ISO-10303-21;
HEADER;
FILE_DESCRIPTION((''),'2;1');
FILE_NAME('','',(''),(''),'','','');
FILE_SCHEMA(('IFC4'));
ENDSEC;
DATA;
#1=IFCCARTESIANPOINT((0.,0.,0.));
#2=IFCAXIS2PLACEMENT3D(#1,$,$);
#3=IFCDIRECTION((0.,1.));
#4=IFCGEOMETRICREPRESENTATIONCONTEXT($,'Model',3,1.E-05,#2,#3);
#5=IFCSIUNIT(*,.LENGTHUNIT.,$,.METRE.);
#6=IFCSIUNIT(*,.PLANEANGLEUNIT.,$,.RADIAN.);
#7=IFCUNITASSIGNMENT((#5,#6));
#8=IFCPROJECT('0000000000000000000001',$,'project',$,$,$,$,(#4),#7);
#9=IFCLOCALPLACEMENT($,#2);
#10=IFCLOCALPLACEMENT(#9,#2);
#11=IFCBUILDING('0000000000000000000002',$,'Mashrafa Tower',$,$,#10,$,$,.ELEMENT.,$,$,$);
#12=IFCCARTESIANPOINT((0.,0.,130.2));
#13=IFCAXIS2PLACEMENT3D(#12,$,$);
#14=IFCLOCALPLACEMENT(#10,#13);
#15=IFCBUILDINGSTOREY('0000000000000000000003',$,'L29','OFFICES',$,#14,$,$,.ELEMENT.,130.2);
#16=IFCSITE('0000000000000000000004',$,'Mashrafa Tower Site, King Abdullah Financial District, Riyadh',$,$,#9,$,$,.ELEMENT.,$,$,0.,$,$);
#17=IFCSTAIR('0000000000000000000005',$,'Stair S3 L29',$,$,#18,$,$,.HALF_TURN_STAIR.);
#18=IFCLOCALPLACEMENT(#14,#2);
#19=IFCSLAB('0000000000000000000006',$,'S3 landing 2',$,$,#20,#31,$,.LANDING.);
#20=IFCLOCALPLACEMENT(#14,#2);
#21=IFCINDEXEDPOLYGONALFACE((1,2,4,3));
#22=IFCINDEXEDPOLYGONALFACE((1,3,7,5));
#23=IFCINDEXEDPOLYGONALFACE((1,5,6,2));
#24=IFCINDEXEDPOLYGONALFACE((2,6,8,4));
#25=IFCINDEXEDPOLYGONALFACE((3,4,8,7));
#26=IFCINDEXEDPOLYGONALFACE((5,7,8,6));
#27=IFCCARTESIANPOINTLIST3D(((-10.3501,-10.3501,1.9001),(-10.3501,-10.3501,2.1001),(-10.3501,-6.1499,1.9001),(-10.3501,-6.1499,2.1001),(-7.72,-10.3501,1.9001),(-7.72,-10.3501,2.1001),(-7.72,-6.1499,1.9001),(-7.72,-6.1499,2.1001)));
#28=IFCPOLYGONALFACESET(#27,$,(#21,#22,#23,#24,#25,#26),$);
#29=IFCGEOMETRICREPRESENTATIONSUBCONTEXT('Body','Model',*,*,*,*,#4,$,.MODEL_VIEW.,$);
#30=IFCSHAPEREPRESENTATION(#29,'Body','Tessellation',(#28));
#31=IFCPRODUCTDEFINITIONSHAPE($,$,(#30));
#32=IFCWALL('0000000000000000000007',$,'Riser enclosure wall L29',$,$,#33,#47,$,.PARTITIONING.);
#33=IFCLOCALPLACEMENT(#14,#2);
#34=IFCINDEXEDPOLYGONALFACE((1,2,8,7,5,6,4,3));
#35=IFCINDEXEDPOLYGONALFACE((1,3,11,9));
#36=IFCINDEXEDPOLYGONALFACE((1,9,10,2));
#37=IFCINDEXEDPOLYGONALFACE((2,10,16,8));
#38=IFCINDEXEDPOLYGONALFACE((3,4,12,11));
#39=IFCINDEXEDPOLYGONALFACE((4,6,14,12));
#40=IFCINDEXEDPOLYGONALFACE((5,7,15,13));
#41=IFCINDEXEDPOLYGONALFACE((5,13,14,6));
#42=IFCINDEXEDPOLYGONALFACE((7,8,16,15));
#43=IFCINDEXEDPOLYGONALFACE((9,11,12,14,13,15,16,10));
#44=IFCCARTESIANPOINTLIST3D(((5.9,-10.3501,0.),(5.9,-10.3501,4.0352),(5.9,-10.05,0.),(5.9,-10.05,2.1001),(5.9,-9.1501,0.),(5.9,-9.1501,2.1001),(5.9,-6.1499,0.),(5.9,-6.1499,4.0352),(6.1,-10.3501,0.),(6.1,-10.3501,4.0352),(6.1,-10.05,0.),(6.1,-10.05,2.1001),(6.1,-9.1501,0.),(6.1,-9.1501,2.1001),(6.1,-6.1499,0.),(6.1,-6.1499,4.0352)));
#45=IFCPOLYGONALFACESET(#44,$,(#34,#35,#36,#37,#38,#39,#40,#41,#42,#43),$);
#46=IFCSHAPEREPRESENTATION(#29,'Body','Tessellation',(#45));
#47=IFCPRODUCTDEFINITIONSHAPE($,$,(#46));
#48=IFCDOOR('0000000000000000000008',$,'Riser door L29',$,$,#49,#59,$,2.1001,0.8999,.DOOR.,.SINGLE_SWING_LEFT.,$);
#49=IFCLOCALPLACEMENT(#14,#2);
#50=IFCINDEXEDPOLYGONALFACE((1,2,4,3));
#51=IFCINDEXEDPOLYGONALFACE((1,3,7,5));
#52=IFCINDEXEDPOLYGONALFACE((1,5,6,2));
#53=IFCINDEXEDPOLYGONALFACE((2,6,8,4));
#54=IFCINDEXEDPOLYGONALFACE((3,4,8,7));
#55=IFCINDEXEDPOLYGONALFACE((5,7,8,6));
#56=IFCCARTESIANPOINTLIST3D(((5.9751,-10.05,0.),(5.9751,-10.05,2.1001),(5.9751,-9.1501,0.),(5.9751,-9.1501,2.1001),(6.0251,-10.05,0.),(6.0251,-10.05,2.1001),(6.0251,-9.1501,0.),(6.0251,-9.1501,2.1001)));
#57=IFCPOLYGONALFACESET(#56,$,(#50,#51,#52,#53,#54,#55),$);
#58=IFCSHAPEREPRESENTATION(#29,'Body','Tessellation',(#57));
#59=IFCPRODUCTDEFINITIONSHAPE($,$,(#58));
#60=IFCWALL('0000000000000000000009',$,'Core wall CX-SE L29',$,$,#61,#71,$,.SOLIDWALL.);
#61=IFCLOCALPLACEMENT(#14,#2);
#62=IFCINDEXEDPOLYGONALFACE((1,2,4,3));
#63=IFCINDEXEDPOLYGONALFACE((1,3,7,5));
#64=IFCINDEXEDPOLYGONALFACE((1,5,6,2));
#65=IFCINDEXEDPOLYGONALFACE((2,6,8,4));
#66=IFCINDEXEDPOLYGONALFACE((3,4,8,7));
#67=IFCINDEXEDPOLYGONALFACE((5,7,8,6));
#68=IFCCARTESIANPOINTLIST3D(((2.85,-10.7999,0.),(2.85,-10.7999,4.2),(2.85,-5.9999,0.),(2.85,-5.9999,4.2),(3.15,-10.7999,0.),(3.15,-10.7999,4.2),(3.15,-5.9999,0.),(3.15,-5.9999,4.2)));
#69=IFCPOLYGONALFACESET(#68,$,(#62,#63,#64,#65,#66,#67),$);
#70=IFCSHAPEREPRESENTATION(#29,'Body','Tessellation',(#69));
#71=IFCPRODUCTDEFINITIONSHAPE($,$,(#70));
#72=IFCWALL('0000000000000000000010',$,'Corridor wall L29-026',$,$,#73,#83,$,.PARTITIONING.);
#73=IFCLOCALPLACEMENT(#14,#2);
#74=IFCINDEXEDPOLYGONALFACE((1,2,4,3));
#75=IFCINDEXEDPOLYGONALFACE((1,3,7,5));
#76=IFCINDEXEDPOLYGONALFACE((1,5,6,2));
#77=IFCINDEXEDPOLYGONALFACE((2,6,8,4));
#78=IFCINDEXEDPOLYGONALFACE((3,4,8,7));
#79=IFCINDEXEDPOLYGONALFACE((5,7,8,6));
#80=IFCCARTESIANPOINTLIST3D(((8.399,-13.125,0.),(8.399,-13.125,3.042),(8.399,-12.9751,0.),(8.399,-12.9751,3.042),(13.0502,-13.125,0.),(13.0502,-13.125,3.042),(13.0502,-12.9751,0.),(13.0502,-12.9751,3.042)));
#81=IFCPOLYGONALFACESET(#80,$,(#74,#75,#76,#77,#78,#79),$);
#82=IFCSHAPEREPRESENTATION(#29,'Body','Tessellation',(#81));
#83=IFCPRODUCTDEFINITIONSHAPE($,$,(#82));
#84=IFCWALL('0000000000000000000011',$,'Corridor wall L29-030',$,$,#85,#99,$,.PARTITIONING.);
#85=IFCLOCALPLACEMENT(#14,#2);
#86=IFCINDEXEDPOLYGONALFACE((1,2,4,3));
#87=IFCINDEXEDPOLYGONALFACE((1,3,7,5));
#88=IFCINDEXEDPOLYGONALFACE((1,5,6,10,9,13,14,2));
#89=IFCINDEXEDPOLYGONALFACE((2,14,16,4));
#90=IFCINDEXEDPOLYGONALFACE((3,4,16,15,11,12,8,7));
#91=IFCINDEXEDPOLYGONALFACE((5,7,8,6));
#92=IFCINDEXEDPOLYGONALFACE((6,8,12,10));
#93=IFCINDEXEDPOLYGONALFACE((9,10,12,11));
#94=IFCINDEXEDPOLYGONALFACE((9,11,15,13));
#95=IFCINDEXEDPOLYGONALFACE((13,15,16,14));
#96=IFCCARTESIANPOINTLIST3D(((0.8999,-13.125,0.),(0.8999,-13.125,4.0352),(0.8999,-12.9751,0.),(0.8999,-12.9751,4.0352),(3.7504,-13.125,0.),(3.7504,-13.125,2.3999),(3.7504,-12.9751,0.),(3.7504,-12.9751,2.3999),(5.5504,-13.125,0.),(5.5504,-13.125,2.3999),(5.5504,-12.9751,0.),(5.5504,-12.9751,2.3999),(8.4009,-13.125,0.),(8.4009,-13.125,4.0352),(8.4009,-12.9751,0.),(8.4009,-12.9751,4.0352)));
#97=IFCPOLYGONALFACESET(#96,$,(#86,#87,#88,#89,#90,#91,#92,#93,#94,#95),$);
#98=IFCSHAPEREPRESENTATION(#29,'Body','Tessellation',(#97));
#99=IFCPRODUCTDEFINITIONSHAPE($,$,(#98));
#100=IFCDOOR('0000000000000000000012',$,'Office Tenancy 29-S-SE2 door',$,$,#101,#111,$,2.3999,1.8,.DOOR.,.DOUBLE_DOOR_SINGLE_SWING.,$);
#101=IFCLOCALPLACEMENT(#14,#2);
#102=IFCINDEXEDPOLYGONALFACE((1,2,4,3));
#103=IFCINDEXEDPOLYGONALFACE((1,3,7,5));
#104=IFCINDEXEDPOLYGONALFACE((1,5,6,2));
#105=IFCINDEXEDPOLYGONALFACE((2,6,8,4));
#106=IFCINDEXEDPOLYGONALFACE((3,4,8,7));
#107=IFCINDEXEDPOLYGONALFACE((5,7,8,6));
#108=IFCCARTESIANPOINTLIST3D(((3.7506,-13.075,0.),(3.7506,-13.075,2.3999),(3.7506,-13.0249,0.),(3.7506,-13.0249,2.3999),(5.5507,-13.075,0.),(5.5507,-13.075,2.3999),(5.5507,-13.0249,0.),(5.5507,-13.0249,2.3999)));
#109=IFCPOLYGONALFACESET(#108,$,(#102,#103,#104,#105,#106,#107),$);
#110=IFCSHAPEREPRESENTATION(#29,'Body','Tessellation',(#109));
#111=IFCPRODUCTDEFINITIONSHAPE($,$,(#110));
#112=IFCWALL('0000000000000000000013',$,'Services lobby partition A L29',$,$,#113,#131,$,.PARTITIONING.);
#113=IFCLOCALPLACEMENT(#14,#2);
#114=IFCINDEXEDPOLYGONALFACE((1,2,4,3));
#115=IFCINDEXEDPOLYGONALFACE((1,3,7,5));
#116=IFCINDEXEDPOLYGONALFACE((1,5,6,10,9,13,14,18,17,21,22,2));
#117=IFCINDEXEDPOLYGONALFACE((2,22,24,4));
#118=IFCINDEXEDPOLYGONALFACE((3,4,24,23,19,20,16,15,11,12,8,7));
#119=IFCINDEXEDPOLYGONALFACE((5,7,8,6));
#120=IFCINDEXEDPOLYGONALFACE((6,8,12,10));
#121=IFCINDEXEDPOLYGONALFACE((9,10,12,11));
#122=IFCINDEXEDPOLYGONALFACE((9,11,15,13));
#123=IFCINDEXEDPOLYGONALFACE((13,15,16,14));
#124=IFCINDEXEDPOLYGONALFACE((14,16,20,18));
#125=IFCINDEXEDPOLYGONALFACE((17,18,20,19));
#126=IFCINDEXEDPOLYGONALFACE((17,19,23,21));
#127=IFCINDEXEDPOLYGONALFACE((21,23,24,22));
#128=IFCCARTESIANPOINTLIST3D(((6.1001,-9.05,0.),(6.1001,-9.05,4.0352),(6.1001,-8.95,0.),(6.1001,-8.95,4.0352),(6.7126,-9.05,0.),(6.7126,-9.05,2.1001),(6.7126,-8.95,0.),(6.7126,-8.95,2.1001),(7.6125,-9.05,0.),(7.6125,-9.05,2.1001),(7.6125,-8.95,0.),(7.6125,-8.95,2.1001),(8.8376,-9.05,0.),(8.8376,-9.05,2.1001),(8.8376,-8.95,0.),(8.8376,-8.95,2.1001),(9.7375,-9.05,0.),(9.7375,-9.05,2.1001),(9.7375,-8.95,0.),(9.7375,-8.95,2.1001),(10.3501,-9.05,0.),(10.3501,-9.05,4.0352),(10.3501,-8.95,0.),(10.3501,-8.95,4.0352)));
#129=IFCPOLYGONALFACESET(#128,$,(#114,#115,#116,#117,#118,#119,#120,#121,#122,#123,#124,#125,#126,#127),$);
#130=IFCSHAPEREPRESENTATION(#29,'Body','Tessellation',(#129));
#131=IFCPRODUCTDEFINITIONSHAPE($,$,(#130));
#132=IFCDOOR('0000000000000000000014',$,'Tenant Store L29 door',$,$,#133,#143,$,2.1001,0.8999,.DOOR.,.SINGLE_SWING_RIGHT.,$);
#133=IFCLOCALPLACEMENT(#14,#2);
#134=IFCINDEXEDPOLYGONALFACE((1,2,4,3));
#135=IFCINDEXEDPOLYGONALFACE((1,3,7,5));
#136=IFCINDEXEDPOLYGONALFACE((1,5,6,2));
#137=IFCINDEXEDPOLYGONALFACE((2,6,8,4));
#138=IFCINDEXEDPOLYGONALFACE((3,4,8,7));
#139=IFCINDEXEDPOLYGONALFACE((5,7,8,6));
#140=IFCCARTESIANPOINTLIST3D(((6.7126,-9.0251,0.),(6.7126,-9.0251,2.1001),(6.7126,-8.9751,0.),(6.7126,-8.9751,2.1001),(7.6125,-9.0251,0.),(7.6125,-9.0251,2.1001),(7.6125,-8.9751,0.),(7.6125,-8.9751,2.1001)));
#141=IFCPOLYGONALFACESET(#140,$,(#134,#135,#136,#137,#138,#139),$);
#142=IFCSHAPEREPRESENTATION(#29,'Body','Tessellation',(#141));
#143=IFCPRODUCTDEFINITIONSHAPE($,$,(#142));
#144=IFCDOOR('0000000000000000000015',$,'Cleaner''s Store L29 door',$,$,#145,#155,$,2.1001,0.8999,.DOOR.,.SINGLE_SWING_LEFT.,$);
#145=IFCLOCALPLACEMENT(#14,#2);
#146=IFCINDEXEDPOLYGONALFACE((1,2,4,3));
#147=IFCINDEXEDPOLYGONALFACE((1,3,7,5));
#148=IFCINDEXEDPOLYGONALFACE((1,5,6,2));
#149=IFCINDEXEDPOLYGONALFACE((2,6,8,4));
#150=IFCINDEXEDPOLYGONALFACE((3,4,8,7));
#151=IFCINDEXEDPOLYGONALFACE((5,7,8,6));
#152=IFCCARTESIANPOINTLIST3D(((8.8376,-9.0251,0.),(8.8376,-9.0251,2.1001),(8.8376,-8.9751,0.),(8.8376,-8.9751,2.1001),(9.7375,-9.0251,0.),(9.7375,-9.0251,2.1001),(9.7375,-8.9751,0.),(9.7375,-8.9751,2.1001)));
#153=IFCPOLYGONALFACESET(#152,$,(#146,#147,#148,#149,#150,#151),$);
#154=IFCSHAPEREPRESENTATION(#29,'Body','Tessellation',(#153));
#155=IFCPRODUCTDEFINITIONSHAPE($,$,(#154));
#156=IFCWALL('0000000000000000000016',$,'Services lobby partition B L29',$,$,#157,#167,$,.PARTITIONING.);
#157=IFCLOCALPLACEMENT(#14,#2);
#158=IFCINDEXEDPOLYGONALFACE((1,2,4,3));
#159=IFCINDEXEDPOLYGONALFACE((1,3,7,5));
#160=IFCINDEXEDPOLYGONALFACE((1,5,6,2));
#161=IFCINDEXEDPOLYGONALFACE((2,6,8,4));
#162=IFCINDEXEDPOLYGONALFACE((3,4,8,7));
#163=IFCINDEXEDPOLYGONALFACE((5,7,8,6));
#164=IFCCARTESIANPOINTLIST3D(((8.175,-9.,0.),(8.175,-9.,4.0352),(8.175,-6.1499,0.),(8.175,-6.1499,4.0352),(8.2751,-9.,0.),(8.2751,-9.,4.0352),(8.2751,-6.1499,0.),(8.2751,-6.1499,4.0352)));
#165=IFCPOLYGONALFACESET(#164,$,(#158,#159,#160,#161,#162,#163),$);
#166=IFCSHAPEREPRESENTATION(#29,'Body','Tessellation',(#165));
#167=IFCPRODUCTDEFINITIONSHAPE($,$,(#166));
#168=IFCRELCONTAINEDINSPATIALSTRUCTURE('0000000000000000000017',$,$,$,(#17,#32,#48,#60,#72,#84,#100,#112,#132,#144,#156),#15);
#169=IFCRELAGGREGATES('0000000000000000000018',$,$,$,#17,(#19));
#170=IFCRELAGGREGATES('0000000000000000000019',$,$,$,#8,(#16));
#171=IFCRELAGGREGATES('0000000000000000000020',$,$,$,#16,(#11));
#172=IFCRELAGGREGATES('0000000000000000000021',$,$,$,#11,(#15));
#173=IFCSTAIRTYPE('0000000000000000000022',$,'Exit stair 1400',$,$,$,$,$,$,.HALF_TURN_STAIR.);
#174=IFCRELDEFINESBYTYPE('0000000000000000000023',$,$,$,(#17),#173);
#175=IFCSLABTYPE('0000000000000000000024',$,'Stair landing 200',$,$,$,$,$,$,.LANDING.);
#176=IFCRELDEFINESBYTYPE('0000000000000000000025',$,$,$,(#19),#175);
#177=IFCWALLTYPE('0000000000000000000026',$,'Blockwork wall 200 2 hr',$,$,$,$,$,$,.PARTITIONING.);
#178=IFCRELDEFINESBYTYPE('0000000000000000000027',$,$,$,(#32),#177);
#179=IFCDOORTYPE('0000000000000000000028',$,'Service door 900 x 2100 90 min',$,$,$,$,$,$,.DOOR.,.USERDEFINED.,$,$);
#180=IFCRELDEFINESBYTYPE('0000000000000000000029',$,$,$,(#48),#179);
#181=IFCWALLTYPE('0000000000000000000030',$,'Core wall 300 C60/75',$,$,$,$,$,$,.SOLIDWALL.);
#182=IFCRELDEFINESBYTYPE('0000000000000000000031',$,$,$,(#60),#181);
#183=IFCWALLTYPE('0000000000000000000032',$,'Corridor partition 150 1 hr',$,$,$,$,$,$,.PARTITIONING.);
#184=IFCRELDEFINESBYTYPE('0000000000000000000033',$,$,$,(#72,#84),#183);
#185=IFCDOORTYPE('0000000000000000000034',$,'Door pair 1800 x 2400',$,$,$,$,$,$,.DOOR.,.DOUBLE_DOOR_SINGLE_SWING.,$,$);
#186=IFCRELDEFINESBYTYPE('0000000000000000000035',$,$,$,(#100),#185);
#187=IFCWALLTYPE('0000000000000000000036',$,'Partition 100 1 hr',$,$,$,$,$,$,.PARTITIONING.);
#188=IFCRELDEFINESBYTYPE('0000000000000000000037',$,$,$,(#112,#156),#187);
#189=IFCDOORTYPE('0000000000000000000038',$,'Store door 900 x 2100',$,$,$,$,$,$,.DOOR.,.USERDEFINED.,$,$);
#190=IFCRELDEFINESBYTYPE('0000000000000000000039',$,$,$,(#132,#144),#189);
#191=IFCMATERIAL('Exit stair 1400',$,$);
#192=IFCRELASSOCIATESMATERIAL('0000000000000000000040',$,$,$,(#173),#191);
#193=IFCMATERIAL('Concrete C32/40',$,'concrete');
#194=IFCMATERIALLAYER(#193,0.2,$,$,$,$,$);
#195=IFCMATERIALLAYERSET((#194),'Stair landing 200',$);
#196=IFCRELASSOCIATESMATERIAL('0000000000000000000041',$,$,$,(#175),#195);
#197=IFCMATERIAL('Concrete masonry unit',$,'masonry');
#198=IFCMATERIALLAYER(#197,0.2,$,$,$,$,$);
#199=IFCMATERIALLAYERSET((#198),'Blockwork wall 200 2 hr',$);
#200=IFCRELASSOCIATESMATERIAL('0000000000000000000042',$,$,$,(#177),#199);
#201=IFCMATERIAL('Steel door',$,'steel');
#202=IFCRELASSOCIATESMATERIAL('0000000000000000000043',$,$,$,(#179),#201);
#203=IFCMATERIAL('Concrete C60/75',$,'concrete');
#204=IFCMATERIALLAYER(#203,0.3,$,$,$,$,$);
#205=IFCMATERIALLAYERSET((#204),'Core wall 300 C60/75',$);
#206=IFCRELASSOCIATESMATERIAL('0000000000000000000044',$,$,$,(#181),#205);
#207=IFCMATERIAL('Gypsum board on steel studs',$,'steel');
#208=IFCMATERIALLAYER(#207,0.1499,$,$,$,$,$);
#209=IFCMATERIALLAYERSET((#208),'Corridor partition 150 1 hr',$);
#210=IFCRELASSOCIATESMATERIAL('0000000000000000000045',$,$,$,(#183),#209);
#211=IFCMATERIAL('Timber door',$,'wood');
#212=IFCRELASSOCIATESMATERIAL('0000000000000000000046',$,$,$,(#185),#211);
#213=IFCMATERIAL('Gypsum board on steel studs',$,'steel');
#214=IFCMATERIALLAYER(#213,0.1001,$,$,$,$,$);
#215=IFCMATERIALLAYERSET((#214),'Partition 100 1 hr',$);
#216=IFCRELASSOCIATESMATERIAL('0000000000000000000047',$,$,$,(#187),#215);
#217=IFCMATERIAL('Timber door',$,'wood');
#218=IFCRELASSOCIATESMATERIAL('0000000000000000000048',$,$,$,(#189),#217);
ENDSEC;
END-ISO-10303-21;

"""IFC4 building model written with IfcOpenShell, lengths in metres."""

from ifc_helpers import new_model, si_unit, direction, frame, frame_2d, origin, place, context, subcontext, project, spatial, polyline, rectangle, outline, extrude, material, layer, layer_set, type_object, element, fill, aggregate, save


model = new_model("IFC4")

# Units and contexts
model_context = context("Model", 3, precision=1e-05, world=origin(), true_north=direction((0.0, 1.0)))
body_context = subcontext(model_context, "Body", "Model", "MODEL_VIEW")
ifc_project = project(units=[si_unit("LENGTHUNIT", "METRE"), si_unit("PLANEANGLEUNIT", "RADIAN")], contexts=[model_context])

# Site, building, storey
site_placement = place(None, origin())
site = spatial("IfcSite", under=ifc_project, at=site_placement, Name="Mashrafa Tower Site, King Abdullah Financial District, Riyadh", CompositionType="ELEMENT", RefElevation=0.0)
building_placement = place(site_placement, origin())
building = spatial("IfcBuilding", under=site, at=building_placement, Name="Mashrafa Tower", CompositionType="ELEMENT")
storey_placement = place(building_placement, frame((0.0, 0.0, 130.2)))
storey = spatial("IfcBuildingStorey", under=building, at=storey_placement, Name="L29", Description="OFFICES", CompositionType="ELEMENT", Elevation=130.2)

# Stair, slab
ifc_material_1 = material(Name="Exit stair 1400")
stair_type = type_object("IfcStairType", Name="Exit stair 1400", PredefinedType="HALF_TURN_STAIR", material=ifc_material_1)
ifc_material_2 = material(Name="Concrete C32/40", Category="concrete")
ifc_layer_1 = layer(ifc_material_2, 0.2)
ifc_layer_set_1 = layer_set([ifc_layer_1], Name="Stair landing 200")
slab_type = type_object("IfcSlabType", Name="Stair landing 200", PredefinedType="LANDING", material=ifc_layer_set_1)
stair_1_placement = place(storey_placement, origin())
stair_1 = element("IfcStair", 1, at=stair_1_placement, inside=storey, type_object=stair_type, Name="Stair S3 L29", PredefinedType="HALF_TURN_STAIR")
slab_1_placement = place(storey_placement, frame((0.0, 0.0, 1.9001)))
slab_1 = element("IfcSlab", 2, at=slab_1_placement, type_object=slab_type, Name="S3 landing 2", PredefinedType="LANDING", context=body_context, shape_type="SweptSolid", body=[
    extrude(outline(polyline([(-10.3501, -10.3501), (-7.72, -10.3501), (-7.72, -6.1499), (-10.3501, -6.1499), (-10.3501, -10.3501)])), origin(), (0.0, 0.0, 1.0), 0.2),
])
aggregate(stair_1, [slab_1])

# Wall, opening, door
ifc_material_3 = material(Name="Concrete masonry unit", Category="masonry")
ifc_layer_2 = layer(ifc_material_3, 0.2)
ifc_layer_set_2 = layer_set([ifc_layer_2], Name="Blockwork wall 200 2 hr")
wall_type_1 = type_object("IfcWallType", Name="Blockwork wall 200 2 hr", PredefinedType="PARTITIONING", material=ifc_layer_set_2)
wall_1_placement = place(storey_placement, frame((6.0, -10.3501, 0.0), z_axis=(0.0, 0.0, 1.0), x_axis=(0.0, 1.0, 0.0)))
wall_1 = element("IfcWall", 3, at=wall_1_placement, inside=storey, type_object=wall_type_1, Name="Riser enclosure wall L29", PredefinedType="PARTITIONING", context=body_context, shape_type="SweptSolid", body=[
    extrude(rectangle(XDim=4.2002, YDim=0.2, at=frame_2d((2.1001, 0.0))), origin(), (0.0, 0.0, 1.0), 4.0352),
])
opening_1_placement = place(wall_1_placement, frame((0.3, 0.0, 0.0)))
opening_1 = element("IfcOpeningElement", 4, at=opening_1_placement, cuts=wall_1, PredefinedType="OPENING", context=body_context, shape_type="SweptSolid", body=[
    extrude(rectangle(XDim=0.8999, YDim=2.1001, at=frame_2d((0.45, 1.05))), frame((0.0, 0.1099, 0.0), z_axis=(0.0, -1.0, 0.0), x_axis=(1.0, 0.0, 0.0)), (0.0, 0.0, 1.0), 0.22),
])
ifc_material_4 = material(Name="Steel door", Category="steel")
door_type_1 = type_object("IfcDoorType", Name="Service door 900 x 2100 90 min", OperationType="USERDEFINED", PredefinedType="DOOR", material=ifc_material_4)
door_1_placement = place(opening_1_placement, origin())
door_1 = element("IfcDoor", 5, at=door_1_placement, inside=storey, type_object=door_type_1, Name="Riser door L29", OperationType="SINGLE_SWING_LEFT", OverallHeight=2.1001, OverallWidth=0.8999, PredefinedType="DOOR", context=body_context, shape_type="SweptSolid", body=[
    extrude(rectangle(XDim=0.8999, YDim=2.1001, at=frame_2d((0.45, 1.05))), frame((0.0, 0.0249, 0.0), z_axis=(0.0, -1.0, 0.0), x_axis=(1.0, 0.0, 0.0)), (0.0, 0.0, 1.0), 0.05),
])
fill(opening_1, door_1)

# Walls
ifc_material_5 = material(Name="Concrete C60/75", Category="concrete")
ifc_layer_3 = layer(ifc_material_5, 0.3)
ifc_layer_set_3 = layer_set([ifc_layer_3], Name="Core wall 300 C60/75")
wall_type_2 = type_object("IfcWallType", Name="Core wall 300 C60/75", PredefinedType="SOLIDWALL", material=ifc_layer_set_3)
wall_2_placement = place(storey_placement, frame((3.0, -6.0, 0.0), z_axis=(0.0, 0.0, 1.0), x_axis=(0.0, -1.0, 0.0)))
element("IfcWall", 6, at=wall_2_placement, inside=storey, type_object=wall_type_2, Name="Core wall CX-SE L29", PredefinedType="SOLIDWALL", context=body_context, shape_type="SweptSolid", body=[
    extrude(rectangle(XDim=4.8, YDim=0.3, at=frame_2d((2.3999, 0.0))), origin(), (0.0, 0.0, 1.0), 4.2),
])
ifc_material_6 = material(Name="Gypsum board on steel studs", Category="steel")
ifc_layer_4 = layer(ifc_material_6, 0.1499)
ifc_layer_set_4 = layer_set([ifc_layer_4], Name="Corridor partition 150 1 hr")
wall_type_3 = type_object("IfcWallType", Name="Corridor partition 150 1 hr", PredefinedType="PARTITIONING", material=ifc_layer_set_4)
wall_3_placement = place(storey_placement, frame((8.3989, -13.05, 0.0), z_axis=(0.0, 0.0, 1.0), x_axis=(1.0, 0.0, 0.0)))
element("IfcWall", 7, at=wall_3_placement, inside=storey, type_object=wall_type_3, Name="Corridor wall L29-026", PredefinedType="PARTITIONING", context=body_context, shape_type="SweptSolid", body=[
    extrude(rectangle(XDim=4.6511, YDim=0.1499, at=frame_2d((2.3257, 0.0))), origin(), (0.0, 0.0, 1.0), 3.042),
])

# Wall, opening, door
wall_4_placement = place(storey_placement, frame((0.8999, -13.05, 0.0), z_axis=(0.0, 0.0, 1.0), x_axis=(1.0, 0.0, 0.0)))
wall_4 = element("IfcWall", 8, at=wall_4_placement, inside=storey, type_object=wall_type_3, Name="Corridor wall L29-030", PredefinedType="PARTITIONING", context=body_context, shape_type="SweptSolid", body=[
    extrude(rectangle(XDim=7.501, YDim=0.1499, at=frame_2d((3.7505, 0.0))), origin(), (0.0, 0.0, 1.0), 4.0352),
])
opening_2_placement = place(wall_4_placement, frame((2.8506, 0.0, 0.0)))
opening_2 = element("IfcOpeningElement", 9, at=opening_2_placement, cuts=wall_4, PredefinedType="OPENING", context=body_context, shape_type="SweptSolid", body=[
    extrude(rectangle(XDim=1.8, YDim=2.3999, at=frame_2d((0.8999, 1.2))), frame((0.0, 0.085, 0.0), z_axis=(0.0, -1.0, 0.0), x_axis=(1.0, 0.0, 0.0)), (0.0, 0.0, 1.0), 0.1699),
])
ifc_material_7 = material(Name="Timber door", Category="wood")
door_type_2 = type_object("IfcDoorType", Name="Door pair 1800 x 2400", OperationType="DOUBLE_DOOR_SINGLE_SWING", PredefinedType="DOOR", material=ifc_material_7)
door_2_placement = place(opening_2_placement, frame((1.8, 0.0, 0.0), z_axis=(0.0, 0.0, 1.0), x_axis=(-1.0, 0.0, 0.0)))
door_2 = element("IfcDoor", 10, at=door_2_placement, inside=storey, type_object=door_type_2, Name="Office Tenancy 29-S-SE2 door", OperationType="DOUBLE_DOOR_SINGLE_SWING", OverallHeight=2.3999, OverallWidth=1.8, PredefinedType="DOOR", context=body_context, shape_type="SweptSolid", body=[
    extrude(rectangle(XDim=1.8, YDim=2.3999, at=frame_2d((0.8999, 1.2))), frame((0.0, 0.0249, 0.0), z_axis=(0.0, -1.0, 0.0), x_axis=(1.0, 0.0, 0.0)), (0.0, 0.0, 1.0), 0.05),
])
fill(opening_2, door_2)

# Wall, openings, doors
ifc_material_8 = material(Name="Gypsum board on steel studs", Category="steel")
ifc_layer_5 = layer(ifc_material_8, 0.1001)
ifc_layer_set_5 = layer_set([ifc_layer_5], Name="Partition 100 1 hr")
wall_type_4 = type_object("IfcWallType", Name="Partition 100 1 hr", PredefinedType="PARTITIONING", material=ifc_layer_set_5)
wall_5_placement = place(storey_placement, frame((6.1001, -9.0, 0.0), z_axis=(0.0, 0.0, 1.0), x_axis=(1.0, 0.0, 0.0)))
wall_5 = element("IfcWall", 11, at=wall_5_placement, inside=storey, type_object=wall_type_4, Name="Services lobby partition A L29", PredefinedType="PARTITIONING", context=body_context, shape_type="SweptSolid", body=[
    extrude(rectangle(XDim=4.25, YDim=0.1001, at=frame_2d((2.125, 0.0))), origin(), (0.0, 0.0, 1.0), 4.0352),
])
opening_3_placement = place(wall_5_placement, frame((0.6125, 0.0, 0.0)))
opening_3 = element("IfcOpeningElement", 12, at=opening_3_placement, cuts=wall_5, PredefinedType="OPENING", context=body_context, shape_type="SweptSolid", body=[
    extrude(rectangle(XDim=0.8999, YDim=2.1001, at=frame_2d((0.45, 1.05))), frame((0.0, 0.0601, 0.0), z_axis=(0.0, -1.0, 0.0), x_axis=(1.0, 0.0, 0.0)), (0.0, 0.0, 1.0), 0.1201),
])
opening_4_placement = place(wall_5_placement, frame((2.7375, 0.0, 0.0)))
opening_4 = element("IfcOpeningElement", 13, at=opening_4_placement, cuts=wall_5, PredefinedType="OPENING", context=body_context, shape_type="SweptSolid", body=[
    extrude(rectangle(XDim=0.8999, YDim=2.1001, at=frame_2d((0.45, 1.05))), frame((0.0, 0.0601, 0.0), z_axis=(0.0, -1.0, 0.0), x_axis=(1.0, 0.0, 0.0)), (0.0, 0.0, 1.0), 0.1201),
])
ifc_material_9 = material(Name="Timber door", Category="wood")
door_type_3 = type_object("IfcDoorType", Name="Store door 900 x 2100", OperationType="USERDEFINED", PredefinedType="DOOR", material=ifc_material_9)
door_3_placement = place(opening_3_placement, origin())
door_3 = element("IfcDoor", 14, at=door_3_placement, inside=storey, type_object=door_type_3, Name="Tenant Store L29 door", OperationType="SINGLE_SWING_RIGHT", OverallHeight=2.1001, OverallWidth=0.8999, PredefinedType="DOOR", context=body_context, shape_type="SweptSolid", body=[
    extrude(rectangle(XDim=0.8999, YDim=2.1001, at=frame_2d((0.45, 1.05))), frame((0.0, 0.0249, 0.0), z_axis=(0.0, -1.0, 0.0), x_axis=(1.0, 0.0, 0.0)), (0.0, 0.0, 1.0), 0.05),
])
fill(opening_3, door_3)
door_4_placement = place(opening_4_placement, origin())
door_4 = element("IfcDoor", 15, at=door_4_placement, inside=storey, type_object=door_type_3, Name="Cleaner's Store L29 door", OperationType="SINGLE_SWING_LEFT", OverallHeight=2.1001, OverallWidth=0.8999, PredefinedType="DOOR", context=body_context, shape_type="SweptSolid", body=[
    extrude(rectangle(XDim=0.8999, YDim=2.1001, at=frame_2d((0.45, 1.05))), frame((0.0, 0.0249, 0.0), z_axis=(0.0, -1.0, 0.0), x_axis=(1.0, 0.0, 0.0)), (0.0, 0.0, 1.0), 0.05),
])
fill(opening_4, door_4)

# Wall
wall_6_placement = place(storey_placement, frame((8.2251, -9.0, 0.0), z_axis=(0.0, 0.0, 1.0), x_axis=(0.0, 1.0, 0.0)))
element("IfcWall", 16, at=wall_6_placement, inside=storey, type_object=wall_type_4, Name="Services lobby partition B L29", PredefinedType="PARTITIONING", context=body_context, shape_type="SweptSolid", body=[
    extrude(rectangle(XDim=2.8501, YDim=0.1001, at=frame_2d((1.425, 0.0))), origin(), (0.0, 0.0, 1.0), 4.0352),
])

save(model, "model.ifc")
